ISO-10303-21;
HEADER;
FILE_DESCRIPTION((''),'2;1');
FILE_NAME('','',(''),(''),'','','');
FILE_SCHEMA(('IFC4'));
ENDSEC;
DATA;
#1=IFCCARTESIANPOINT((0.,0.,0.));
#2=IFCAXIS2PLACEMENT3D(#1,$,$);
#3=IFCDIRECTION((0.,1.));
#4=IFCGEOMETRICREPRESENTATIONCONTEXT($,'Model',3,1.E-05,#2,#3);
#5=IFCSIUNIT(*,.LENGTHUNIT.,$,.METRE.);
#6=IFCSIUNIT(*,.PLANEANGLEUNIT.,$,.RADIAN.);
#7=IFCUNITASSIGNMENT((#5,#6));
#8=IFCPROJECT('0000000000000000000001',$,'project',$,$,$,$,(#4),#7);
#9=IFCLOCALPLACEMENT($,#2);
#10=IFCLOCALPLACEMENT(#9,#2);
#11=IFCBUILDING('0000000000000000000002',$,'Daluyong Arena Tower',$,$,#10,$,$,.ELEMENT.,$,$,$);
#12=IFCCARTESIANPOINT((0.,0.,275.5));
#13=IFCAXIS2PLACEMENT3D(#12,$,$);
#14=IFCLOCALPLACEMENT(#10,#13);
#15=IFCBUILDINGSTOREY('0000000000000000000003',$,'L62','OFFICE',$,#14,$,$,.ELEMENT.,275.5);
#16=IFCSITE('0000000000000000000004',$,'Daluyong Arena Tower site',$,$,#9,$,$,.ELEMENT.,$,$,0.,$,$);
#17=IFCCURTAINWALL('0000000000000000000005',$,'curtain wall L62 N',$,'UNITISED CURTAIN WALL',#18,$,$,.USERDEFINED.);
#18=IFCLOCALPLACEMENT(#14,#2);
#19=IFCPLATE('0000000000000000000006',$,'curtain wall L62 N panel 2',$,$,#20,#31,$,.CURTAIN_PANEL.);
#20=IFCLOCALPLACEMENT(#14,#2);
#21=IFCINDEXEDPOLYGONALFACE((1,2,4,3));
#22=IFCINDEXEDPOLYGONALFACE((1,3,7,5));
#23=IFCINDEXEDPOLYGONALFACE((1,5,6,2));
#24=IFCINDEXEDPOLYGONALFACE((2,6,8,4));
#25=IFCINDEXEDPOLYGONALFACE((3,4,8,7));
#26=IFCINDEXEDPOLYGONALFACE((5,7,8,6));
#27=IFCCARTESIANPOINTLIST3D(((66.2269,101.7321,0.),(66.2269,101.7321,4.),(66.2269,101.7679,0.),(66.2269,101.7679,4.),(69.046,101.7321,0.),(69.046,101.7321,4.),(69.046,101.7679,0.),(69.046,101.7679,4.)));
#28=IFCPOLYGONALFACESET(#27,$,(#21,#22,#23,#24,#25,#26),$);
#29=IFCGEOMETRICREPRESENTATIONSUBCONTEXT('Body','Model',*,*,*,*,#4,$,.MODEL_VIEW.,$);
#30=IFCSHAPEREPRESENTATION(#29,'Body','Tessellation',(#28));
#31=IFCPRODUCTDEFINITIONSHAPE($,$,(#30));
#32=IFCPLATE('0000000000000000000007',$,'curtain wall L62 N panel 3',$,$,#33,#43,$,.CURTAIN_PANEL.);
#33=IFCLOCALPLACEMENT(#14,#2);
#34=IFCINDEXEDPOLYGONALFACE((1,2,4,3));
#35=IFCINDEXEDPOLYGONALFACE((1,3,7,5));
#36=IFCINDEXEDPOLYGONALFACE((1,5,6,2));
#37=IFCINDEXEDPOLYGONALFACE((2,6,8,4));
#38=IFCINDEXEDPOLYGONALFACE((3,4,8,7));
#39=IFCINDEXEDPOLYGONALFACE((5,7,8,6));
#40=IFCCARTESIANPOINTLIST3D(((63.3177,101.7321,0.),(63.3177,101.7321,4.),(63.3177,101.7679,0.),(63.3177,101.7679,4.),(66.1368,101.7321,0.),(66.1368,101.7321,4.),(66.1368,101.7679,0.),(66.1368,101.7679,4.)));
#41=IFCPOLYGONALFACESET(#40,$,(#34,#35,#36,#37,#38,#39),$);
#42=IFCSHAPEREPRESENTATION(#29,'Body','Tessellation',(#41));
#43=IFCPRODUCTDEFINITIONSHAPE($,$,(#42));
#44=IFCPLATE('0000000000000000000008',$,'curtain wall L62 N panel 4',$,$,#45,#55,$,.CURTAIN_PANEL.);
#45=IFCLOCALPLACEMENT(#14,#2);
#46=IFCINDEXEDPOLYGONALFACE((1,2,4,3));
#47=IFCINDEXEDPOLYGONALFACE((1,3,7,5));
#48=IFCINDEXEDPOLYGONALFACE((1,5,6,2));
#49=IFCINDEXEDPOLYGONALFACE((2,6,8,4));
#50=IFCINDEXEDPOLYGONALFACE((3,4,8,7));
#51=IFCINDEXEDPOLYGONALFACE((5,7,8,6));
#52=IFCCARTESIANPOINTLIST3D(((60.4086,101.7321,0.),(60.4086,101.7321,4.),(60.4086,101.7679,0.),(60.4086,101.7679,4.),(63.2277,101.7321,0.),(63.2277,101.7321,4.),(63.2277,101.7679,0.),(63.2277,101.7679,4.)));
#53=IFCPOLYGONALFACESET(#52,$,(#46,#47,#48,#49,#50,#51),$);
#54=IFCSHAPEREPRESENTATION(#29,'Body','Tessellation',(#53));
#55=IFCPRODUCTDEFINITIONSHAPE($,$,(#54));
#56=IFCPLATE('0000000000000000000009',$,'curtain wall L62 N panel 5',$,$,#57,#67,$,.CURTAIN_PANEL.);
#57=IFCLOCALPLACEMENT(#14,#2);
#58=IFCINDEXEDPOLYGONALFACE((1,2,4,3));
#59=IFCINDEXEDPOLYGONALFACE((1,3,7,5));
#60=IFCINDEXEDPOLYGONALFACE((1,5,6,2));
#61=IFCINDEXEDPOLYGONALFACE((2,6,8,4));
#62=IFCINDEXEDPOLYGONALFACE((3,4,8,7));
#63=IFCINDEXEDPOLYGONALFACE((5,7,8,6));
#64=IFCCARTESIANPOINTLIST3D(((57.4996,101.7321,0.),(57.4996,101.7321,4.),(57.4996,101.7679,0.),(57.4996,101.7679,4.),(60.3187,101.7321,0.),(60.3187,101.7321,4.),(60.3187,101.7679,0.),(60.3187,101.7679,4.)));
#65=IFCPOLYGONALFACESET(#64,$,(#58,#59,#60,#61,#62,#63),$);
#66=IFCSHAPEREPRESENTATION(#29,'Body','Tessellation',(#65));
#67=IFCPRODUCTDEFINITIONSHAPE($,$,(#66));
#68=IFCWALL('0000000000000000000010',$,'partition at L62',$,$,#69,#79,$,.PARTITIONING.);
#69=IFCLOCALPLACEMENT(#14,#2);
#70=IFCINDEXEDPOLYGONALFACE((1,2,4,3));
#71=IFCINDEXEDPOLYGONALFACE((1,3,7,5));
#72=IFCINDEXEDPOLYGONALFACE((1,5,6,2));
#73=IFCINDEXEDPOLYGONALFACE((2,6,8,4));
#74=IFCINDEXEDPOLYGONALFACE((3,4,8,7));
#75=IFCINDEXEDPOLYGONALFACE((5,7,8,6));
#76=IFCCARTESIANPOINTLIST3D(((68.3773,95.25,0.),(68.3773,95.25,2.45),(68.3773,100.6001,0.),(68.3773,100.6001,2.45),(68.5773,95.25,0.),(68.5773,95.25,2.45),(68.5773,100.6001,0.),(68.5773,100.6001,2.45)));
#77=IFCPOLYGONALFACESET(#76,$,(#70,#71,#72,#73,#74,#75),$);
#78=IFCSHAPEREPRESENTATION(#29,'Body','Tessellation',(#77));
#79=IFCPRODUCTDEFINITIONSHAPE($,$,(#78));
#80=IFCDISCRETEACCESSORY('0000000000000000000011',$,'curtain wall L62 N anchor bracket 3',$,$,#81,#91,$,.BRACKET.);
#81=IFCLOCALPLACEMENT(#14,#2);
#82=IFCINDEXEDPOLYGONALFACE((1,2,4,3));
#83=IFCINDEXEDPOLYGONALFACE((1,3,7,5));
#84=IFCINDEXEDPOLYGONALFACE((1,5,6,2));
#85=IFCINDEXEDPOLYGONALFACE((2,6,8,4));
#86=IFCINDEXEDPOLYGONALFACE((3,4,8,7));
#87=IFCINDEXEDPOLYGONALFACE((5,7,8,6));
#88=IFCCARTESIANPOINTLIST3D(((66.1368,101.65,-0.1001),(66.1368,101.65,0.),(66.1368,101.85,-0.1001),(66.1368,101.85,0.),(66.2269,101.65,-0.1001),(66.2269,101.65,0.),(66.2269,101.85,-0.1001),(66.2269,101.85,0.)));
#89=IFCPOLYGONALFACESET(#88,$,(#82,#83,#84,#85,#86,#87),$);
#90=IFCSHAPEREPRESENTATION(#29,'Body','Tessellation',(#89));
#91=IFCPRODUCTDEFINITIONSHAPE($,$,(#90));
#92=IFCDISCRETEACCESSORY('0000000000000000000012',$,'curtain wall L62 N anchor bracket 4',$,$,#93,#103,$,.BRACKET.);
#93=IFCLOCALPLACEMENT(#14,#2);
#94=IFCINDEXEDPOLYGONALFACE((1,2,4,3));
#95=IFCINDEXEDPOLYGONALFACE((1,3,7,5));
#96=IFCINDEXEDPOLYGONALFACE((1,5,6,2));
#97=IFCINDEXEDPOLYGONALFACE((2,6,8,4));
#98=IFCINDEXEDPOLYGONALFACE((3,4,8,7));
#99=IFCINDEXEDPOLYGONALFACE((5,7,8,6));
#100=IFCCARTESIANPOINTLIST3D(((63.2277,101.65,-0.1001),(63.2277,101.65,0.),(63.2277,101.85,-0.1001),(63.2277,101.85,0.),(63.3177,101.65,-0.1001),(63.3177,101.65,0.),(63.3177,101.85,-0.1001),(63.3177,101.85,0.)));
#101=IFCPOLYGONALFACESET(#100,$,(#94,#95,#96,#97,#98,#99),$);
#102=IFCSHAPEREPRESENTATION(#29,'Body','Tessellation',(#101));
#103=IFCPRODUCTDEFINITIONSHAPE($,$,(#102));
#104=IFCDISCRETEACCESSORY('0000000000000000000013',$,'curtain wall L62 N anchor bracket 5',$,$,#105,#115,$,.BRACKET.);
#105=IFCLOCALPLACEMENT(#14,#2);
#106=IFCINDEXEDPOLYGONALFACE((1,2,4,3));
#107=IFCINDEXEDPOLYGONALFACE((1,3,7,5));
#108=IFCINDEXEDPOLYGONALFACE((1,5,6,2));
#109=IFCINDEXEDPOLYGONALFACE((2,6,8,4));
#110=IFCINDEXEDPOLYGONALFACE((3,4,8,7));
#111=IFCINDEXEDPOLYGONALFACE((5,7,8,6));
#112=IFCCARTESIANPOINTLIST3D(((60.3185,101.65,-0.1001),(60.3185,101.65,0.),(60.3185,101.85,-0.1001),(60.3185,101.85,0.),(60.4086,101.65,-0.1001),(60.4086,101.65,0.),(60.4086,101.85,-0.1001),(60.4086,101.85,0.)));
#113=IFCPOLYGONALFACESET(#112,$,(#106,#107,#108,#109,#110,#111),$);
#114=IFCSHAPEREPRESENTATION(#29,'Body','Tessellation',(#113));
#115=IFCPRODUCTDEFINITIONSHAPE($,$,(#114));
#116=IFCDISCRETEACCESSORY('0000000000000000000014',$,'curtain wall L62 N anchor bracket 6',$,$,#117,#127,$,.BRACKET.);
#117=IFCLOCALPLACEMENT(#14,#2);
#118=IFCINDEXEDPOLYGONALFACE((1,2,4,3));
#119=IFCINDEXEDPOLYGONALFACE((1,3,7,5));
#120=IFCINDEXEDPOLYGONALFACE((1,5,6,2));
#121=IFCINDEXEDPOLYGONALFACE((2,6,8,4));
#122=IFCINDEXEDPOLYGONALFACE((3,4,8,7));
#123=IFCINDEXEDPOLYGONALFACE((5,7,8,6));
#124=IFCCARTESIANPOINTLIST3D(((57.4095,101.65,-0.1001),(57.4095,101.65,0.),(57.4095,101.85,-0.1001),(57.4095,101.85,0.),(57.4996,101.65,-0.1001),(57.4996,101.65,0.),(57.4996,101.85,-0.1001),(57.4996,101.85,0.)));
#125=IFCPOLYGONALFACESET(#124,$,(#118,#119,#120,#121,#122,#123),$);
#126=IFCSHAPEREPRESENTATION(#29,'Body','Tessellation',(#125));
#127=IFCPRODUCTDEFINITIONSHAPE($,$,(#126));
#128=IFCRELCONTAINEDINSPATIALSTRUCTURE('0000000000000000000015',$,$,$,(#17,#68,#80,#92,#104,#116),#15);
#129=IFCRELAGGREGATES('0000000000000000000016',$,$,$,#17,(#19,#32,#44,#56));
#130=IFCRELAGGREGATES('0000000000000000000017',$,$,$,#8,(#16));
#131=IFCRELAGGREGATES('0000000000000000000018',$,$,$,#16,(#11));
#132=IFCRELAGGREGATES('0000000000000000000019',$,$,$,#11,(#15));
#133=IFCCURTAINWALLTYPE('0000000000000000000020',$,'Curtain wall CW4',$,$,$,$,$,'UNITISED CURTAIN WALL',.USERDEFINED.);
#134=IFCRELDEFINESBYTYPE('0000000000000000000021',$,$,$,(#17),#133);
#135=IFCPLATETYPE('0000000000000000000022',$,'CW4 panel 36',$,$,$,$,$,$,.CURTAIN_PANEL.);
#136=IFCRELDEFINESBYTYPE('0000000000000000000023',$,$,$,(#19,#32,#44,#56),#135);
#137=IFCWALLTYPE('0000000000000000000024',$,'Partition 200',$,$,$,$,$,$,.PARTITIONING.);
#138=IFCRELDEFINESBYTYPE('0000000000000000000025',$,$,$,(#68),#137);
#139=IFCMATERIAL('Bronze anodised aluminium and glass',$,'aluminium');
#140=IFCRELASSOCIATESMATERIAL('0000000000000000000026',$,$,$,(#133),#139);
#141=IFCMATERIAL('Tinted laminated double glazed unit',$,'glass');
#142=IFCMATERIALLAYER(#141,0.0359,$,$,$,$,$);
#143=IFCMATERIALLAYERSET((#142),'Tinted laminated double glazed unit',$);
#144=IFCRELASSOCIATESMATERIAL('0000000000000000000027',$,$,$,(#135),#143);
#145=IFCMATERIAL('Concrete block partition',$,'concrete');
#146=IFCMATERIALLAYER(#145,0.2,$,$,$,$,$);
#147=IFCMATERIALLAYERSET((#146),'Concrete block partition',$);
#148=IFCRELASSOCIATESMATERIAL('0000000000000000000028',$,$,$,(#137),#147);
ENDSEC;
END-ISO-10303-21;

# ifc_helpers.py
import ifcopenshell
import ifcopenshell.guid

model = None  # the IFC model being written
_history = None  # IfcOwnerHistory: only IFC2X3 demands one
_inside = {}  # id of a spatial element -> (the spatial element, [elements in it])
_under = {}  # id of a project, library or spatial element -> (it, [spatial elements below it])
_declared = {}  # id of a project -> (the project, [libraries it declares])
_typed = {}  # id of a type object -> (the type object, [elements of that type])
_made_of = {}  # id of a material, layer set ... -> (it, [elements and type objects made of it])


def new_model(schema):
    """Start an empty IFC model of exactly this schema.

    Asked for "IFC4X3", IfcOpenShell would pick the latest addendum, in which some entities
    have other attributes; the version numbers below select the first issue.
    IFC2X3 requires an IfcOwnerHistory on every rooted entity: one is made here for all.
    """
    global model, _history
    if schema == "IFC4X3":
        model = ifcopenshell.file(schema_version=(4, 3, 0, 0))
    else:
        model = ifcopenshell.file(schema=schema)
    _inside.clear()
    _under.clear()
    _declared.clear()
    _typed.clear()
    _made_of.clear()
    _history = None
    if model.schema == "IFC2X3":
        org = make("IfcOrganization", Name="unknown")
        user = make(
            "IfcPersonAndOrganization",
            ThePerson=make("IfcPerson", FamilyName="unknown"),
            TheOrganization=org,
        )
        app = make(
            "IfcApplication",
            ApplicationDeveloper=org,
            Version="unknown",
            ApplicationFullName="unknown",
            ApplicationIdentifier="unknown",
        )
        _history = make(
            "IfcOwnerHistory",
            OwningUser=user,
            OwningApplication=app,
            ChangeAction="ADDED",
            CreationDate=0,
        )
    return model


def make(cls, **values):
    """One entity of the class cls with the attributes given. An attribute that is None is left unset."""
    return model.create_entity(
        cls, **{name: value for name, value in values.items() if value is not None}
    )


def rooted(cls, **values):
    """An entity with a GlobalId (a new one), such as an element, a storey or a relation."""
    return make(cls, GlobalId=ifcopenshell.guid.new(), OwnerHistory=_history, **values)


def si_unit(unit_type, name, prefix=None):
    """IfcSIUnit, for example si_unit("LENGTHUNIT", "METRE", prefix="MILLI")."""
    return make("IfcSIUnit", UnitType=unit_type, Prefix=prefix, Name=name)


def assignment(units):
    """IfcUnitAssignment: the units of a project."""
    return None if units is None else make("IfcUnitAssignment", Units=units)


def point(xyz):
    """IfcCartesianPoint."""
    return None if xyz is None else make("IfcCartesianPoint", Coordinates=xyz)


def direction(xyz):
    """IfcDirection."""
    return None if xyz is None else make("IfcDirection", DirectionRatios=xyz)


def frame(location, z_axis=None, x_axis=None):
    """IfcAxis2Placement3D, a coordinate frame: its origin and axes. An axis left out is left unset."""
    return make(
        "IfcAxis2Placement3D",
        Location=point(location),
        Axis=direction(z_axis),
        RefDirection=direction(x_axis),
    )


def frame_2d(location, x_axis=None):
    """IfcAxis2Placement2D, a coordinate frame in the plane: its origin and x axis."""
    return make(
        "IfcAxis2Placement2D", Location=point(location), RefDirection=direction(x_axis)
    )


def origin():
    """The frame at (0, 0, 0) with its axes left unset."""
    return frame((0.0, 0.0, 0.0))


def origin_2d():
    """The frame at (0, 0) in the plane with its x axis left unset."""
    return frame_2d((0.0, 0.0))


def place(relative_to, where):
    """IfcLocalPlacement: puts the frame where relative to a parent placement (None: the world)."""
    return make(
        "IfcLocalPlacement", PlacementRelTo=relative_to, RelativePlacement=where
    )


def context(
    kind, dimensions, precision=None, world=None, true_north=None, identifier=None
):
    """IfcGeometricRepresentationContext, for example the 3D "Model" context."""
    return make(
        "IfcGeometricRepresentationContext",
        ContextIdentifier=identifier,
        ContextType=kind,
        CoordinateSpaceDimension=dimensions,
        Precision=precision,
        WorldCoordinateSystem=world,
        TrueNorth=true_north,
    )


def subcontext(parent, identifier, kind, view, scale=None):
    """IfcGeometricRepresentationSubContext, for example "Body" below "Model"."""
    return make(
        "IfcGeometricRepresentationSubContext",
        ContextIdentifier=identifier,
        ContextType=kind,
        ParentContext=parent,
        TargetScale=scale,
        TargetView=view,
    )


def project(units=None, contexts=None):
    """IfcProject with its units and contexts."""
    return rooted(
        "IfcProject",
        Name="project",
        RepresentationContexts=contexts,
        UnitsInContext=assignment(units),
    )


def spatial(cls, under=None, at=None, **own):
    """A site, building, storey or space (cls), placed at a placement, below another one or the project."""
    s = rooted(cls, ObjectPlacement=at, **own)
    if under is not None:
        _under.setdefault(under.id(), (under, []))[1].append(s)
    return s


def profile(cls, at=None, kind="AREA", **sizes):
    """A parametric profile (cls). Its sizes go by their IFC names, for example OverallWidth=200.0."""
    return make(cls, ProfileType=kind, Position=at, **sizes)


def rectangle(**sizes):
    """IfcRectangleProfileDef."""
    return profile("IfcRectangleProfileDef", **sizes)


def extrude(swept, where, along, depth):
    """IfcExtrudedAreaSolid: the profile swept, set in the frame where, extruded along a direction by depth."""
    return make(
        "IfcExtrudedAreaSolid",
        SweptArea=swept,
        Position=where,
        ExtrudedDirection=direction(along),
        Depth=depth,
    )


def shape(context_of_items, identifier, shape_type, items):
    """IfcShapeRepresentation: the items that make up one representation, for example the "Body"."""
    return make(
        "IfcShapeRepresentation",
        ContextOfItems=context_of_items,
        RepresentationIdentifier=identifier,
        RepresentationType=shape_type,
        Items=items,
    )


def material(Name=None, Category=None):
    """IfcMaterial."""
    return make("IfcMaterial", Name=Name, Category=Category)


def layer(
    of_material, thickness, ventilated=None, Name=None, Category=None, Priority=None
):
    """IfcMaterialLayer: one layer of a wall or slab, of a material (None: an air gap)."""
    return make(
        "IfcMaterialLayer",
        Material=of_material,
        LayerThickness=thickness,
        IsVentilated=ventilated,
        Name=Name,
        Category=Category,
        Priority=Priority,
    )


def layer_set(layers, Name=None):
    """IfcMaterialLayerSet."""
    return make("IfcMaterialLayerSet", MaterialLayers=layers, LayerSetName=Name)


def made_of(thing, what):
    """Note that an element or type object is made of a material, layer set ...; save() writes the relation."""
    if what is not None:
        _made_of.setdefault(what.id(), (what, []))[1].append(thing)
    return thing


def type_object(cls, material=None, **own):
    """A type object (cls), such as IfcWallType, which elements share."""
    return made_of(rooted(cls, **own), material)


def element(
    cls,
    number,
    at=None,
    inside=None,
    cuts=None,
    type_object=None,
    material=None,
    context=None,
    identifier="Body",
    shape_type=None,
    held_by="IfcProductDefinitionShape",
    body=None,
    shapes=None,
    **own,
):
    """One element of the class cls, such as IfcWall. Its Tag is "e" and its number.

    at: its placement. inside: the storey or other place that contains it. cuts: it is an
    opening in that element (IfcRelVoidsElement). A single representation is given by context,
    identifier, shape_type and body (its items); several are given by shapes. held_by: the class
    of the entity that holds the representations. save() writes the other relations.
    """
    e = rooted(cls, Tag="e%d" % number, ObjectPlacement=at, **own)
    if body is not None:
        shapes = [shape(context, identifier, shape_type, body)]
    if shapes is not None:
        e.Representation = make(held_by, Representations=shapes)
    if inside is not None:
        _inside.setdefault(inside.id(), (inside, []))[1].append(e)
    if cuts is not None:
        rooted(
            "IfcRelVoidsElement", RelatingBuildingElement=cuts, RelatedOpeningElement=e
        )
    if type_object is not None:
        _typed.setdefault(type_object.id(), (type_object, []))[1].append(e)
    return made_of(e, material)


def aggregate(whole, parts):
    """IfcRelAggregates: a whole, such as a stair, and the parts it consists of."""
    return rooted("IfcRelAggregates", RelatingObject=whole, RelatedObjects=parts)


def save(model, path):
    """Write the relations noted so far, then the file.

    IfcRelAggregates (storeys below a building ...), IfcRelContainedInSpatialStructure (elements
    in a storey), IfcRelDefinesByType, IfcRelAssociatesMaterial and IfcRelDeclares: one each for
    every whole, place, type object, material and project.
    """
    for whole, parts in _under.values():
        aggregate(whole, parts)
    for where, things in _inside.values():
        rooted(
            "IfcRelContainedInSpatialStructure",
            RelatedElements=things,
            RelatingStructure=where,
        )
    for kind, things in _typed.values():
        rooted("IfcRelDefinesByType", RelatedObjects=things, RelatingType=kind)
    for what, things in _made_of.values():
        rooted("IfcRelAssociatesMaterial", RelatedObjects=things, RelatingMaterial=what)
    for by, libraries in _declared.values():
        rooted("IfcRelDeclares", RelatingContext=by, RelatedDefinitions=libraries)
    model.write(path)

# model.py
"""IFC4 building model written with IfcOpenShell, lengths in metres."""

from ifc_helpers import new_model, si_unit, direction, frame, frame_2d, origin, origin_2d, place, context, subcontext, project, spatial, rectangle, extrude, material, layer, layer_set, type_object, element, aggregate, save


model = new_model("IFC4")

# Units and contexts
model_context = context("Model", 3, precision=1e-05, world=origin(), true_north=direction((0.0, 1.0)))
body_context = subcontext(model_context, "Body", "Model", "MODEL_VIEW")
ifc_project = project(units=[si_unit("LENGTHUNIT", "METRE"), si_unit("PLANEANGLEUNIT", "RADIAN")], contexts=[model_context])

# Site, building, storey
site_placement = place(None, origin())
site = spatial("IfcSite", under=ifc_project, at=site_placement, Name="Daluyong Arena Tower site", CompositionType="ELEMENT", RefElevation=0.0)
building_placement = place(site_placement, origin())
building = spatial("IfcBuilding", under=site, at=building_placement, Name="Daluyong Arena Tower", CompositionType="ELEMENT")
storey_placement = place(building_placement, frame((0.0, 0.0, 275.5)))
storey = spatial("IfcBuildingStorey", under=building, at=storey_placement, Name="L62", Description="OFFICE", CompositionType="ELEMENT", Elevation=275.5)

# Curtain wall
ifc_material_1 = material(Name="Bronze anodised aluminium and glass", Category="aluminium")
curtain_wall_type = type_object("IfcCurtainWallType", Name="Curtain wall CW4", ElementType="UNITISED CURTAIN WALL", PredefinedType="USERDEFINED", material=ifc_material_1)
curtain_wall_placement = place(storey_placement, origin())
curtain_wall = element("IfcCurtainWall", 1, at=curtain_wall_placement, inside=storey, type_object=curtain_wall_type, Name="curtain wall L62 N", ObjectType="UNITISED CURTAIN WALL", PredefinedType="USERDEFINED")

# Plates
ifc_material_2 = material(Name="Tinted laminated double glazed unit", Category="glass")
ifc_layer_1 = layer(ifc_material_2, 0.0359)
ifc_layer_set_1 = layer_set([ifc_layer_1], Name="Tinted laminated double glazed unit")
plate_type = type_object("IfcPlateType", Name="CW4 panel 36", PredefinedType="CURTAIN_PANEL", material=ifc_layer_set_1)
plate_1_placement = place(storey_placement, frame((67.6365, 101.75, 0.0), z_axis=(0.0, 0.0, 1.0), x_axis=(-1.0, 0.0, 0.0)))
plate_1 = element("IfcPlate", 2, at=plate_1_placement, type_object=plate_type, Name="curtain wall L62 N panel 2", PredefinedType="CURTAIN_PANEL", context=body_context, shape_type="SweptSolid", body=[
    extrude(rectangle(XDim=2.8191, YDim=0.0359, at=origin_2d()), origin(), (0.0, 0.0, 1.0), 4.0),
])
plate_2_placement = place(storey_placement, frame((64.7273, 101.75, 0.0), z_axis=(0.0, 0.0, 1.0), x_axis=(-1.0, 0.0, 0.0)))
plate_2 = element("IfcPlate", 3, at=plate_2_placement, type_object=plate_type, Name="curtain wall L62 N panel 3", PredefinedType="CURTAIN_PANEL", context=body_context, shape_type="SweptSolid", body=[
    extrude(rectangle(XDim=2.8191, YDim=0.0359, at=origin_2d()), origin(), (0.0, 0.0, 1.0), 4.0),
])
plate_3_placement = place(storey_placement, frame((61.8181, 101.75, 0.0), z_axis=(0.0, 0.0, 1.0), x_axis=(-1.0, 0.0, 0.0)))
plate_3 = element("IfcPlate", 4, at=plate_3_placement, type_object=plate_type, Name="curtain wall L62 N panel 4", PredefinedType="CURTAIN_PANEL", context=body_context, shape_type="SweptSolid", body=[
    extrude(rectangle(XDim=2.8191, YDim=0.0359, at=origin_2d()), origin(), (0.0, 0.0, 1.0), 4.0),
])
plate_4_placement = place(storey_placement, frame((58.9092, 101.75, 0.0), z_axis=(0.0, 0.0, 1.0), x_axis=(-1.0, 0.0, 0.0)))
plate_4 = element("IfcPlate", 5, at=plate_4_placement, type_object=plate_type, Name="curtain wall L62 N panel 5", PredefinedType="CURTAIN_PANEL", context=body_context, shape_type="SweptSolid", body=[
    extrude(rectangle(XDim=2.8191, YDim=0.0359, at=origin_2d()), origin(), (0.0, 0.0, 1.0), 4.0),
])
aggregate(curtain_wall, [plate_1, plate_2, plate_3, plate_4])

# Wall
ifc_material_3 = material(Name="Concrete block partition", Category="concrete")
ifc_layer_2 = layer(ifc_material_3, 0.2)
ifc_layer_set_2 = layer_set([ifc_layer_2], Name="Concrete block partition")
wall_type = type_object("IfcWallType", Name="Partition 200", PredefinedType="PARTITIONING", material=ifc_layer_set_2)
wall_placement = place(storey_placement, frame((68.4773, 95.25, 0.0), z_axis=(0.0, 0.0, 1.0), x_axis=(0.0, 1.0, 0.0)))
element("IfcWall", 6, at=wall_placement, inside=storey, type_object=wall_type, Name="partition at L62", PredefinedType="PARTITIONING", context=body_context, shape_type="SweptSolid", body=[
    extrude(rectangle(XDim=5.3501, YDim=0.2, at=frame_2d((2.675, 0.0))), origin(), (0.0, 0.0, 1.0), 2.45),
])

# Discrete accessories
for number, where, z_axis, x_axis, name in (
    (7, (66.1819, 101.75, -0.1001), (0.0, 0.0, 1.0), (-1.0, 0.0, 0.0), "curtain wall L62 N anchor bracket 3"),
    (8, (63.2727, 101.75, -0.1001), (0.0, 0.0, 1.0), (-1.0, 0.0, 0.0), "curtain wall L62 N anchor bracket 4"),
    (9, (60.3635, 101.75, -0.1001), (0.0, 0.0, 1.0), (-1.0, 0.0, 0.0), "curtain wall L62 N anchor bracket 5"),
    (10, (57.4546, 101.75, -0.1001), (0.0, 0.0, 1.0), (-1.0, 0.0, 0.0), "curtain wall L62 N anchor bracket 6"),
):
    element("IfcDiscreteAccessory", number, at=place(storey_placement, frame(where, z_axis=z_axis, x_axis=x_axis)), inside=storey, Name=name, PredefinedType="BRACKET", context=body_context, shape_type="SweptSolid", body=[
        extrude(rectangle(XDim=0.0901, YDim=0.2, at=origin_2d()), origin(), (0.0, 0.0, 1.0), 0.1001),
    ])

save(model, "model.ifc")
